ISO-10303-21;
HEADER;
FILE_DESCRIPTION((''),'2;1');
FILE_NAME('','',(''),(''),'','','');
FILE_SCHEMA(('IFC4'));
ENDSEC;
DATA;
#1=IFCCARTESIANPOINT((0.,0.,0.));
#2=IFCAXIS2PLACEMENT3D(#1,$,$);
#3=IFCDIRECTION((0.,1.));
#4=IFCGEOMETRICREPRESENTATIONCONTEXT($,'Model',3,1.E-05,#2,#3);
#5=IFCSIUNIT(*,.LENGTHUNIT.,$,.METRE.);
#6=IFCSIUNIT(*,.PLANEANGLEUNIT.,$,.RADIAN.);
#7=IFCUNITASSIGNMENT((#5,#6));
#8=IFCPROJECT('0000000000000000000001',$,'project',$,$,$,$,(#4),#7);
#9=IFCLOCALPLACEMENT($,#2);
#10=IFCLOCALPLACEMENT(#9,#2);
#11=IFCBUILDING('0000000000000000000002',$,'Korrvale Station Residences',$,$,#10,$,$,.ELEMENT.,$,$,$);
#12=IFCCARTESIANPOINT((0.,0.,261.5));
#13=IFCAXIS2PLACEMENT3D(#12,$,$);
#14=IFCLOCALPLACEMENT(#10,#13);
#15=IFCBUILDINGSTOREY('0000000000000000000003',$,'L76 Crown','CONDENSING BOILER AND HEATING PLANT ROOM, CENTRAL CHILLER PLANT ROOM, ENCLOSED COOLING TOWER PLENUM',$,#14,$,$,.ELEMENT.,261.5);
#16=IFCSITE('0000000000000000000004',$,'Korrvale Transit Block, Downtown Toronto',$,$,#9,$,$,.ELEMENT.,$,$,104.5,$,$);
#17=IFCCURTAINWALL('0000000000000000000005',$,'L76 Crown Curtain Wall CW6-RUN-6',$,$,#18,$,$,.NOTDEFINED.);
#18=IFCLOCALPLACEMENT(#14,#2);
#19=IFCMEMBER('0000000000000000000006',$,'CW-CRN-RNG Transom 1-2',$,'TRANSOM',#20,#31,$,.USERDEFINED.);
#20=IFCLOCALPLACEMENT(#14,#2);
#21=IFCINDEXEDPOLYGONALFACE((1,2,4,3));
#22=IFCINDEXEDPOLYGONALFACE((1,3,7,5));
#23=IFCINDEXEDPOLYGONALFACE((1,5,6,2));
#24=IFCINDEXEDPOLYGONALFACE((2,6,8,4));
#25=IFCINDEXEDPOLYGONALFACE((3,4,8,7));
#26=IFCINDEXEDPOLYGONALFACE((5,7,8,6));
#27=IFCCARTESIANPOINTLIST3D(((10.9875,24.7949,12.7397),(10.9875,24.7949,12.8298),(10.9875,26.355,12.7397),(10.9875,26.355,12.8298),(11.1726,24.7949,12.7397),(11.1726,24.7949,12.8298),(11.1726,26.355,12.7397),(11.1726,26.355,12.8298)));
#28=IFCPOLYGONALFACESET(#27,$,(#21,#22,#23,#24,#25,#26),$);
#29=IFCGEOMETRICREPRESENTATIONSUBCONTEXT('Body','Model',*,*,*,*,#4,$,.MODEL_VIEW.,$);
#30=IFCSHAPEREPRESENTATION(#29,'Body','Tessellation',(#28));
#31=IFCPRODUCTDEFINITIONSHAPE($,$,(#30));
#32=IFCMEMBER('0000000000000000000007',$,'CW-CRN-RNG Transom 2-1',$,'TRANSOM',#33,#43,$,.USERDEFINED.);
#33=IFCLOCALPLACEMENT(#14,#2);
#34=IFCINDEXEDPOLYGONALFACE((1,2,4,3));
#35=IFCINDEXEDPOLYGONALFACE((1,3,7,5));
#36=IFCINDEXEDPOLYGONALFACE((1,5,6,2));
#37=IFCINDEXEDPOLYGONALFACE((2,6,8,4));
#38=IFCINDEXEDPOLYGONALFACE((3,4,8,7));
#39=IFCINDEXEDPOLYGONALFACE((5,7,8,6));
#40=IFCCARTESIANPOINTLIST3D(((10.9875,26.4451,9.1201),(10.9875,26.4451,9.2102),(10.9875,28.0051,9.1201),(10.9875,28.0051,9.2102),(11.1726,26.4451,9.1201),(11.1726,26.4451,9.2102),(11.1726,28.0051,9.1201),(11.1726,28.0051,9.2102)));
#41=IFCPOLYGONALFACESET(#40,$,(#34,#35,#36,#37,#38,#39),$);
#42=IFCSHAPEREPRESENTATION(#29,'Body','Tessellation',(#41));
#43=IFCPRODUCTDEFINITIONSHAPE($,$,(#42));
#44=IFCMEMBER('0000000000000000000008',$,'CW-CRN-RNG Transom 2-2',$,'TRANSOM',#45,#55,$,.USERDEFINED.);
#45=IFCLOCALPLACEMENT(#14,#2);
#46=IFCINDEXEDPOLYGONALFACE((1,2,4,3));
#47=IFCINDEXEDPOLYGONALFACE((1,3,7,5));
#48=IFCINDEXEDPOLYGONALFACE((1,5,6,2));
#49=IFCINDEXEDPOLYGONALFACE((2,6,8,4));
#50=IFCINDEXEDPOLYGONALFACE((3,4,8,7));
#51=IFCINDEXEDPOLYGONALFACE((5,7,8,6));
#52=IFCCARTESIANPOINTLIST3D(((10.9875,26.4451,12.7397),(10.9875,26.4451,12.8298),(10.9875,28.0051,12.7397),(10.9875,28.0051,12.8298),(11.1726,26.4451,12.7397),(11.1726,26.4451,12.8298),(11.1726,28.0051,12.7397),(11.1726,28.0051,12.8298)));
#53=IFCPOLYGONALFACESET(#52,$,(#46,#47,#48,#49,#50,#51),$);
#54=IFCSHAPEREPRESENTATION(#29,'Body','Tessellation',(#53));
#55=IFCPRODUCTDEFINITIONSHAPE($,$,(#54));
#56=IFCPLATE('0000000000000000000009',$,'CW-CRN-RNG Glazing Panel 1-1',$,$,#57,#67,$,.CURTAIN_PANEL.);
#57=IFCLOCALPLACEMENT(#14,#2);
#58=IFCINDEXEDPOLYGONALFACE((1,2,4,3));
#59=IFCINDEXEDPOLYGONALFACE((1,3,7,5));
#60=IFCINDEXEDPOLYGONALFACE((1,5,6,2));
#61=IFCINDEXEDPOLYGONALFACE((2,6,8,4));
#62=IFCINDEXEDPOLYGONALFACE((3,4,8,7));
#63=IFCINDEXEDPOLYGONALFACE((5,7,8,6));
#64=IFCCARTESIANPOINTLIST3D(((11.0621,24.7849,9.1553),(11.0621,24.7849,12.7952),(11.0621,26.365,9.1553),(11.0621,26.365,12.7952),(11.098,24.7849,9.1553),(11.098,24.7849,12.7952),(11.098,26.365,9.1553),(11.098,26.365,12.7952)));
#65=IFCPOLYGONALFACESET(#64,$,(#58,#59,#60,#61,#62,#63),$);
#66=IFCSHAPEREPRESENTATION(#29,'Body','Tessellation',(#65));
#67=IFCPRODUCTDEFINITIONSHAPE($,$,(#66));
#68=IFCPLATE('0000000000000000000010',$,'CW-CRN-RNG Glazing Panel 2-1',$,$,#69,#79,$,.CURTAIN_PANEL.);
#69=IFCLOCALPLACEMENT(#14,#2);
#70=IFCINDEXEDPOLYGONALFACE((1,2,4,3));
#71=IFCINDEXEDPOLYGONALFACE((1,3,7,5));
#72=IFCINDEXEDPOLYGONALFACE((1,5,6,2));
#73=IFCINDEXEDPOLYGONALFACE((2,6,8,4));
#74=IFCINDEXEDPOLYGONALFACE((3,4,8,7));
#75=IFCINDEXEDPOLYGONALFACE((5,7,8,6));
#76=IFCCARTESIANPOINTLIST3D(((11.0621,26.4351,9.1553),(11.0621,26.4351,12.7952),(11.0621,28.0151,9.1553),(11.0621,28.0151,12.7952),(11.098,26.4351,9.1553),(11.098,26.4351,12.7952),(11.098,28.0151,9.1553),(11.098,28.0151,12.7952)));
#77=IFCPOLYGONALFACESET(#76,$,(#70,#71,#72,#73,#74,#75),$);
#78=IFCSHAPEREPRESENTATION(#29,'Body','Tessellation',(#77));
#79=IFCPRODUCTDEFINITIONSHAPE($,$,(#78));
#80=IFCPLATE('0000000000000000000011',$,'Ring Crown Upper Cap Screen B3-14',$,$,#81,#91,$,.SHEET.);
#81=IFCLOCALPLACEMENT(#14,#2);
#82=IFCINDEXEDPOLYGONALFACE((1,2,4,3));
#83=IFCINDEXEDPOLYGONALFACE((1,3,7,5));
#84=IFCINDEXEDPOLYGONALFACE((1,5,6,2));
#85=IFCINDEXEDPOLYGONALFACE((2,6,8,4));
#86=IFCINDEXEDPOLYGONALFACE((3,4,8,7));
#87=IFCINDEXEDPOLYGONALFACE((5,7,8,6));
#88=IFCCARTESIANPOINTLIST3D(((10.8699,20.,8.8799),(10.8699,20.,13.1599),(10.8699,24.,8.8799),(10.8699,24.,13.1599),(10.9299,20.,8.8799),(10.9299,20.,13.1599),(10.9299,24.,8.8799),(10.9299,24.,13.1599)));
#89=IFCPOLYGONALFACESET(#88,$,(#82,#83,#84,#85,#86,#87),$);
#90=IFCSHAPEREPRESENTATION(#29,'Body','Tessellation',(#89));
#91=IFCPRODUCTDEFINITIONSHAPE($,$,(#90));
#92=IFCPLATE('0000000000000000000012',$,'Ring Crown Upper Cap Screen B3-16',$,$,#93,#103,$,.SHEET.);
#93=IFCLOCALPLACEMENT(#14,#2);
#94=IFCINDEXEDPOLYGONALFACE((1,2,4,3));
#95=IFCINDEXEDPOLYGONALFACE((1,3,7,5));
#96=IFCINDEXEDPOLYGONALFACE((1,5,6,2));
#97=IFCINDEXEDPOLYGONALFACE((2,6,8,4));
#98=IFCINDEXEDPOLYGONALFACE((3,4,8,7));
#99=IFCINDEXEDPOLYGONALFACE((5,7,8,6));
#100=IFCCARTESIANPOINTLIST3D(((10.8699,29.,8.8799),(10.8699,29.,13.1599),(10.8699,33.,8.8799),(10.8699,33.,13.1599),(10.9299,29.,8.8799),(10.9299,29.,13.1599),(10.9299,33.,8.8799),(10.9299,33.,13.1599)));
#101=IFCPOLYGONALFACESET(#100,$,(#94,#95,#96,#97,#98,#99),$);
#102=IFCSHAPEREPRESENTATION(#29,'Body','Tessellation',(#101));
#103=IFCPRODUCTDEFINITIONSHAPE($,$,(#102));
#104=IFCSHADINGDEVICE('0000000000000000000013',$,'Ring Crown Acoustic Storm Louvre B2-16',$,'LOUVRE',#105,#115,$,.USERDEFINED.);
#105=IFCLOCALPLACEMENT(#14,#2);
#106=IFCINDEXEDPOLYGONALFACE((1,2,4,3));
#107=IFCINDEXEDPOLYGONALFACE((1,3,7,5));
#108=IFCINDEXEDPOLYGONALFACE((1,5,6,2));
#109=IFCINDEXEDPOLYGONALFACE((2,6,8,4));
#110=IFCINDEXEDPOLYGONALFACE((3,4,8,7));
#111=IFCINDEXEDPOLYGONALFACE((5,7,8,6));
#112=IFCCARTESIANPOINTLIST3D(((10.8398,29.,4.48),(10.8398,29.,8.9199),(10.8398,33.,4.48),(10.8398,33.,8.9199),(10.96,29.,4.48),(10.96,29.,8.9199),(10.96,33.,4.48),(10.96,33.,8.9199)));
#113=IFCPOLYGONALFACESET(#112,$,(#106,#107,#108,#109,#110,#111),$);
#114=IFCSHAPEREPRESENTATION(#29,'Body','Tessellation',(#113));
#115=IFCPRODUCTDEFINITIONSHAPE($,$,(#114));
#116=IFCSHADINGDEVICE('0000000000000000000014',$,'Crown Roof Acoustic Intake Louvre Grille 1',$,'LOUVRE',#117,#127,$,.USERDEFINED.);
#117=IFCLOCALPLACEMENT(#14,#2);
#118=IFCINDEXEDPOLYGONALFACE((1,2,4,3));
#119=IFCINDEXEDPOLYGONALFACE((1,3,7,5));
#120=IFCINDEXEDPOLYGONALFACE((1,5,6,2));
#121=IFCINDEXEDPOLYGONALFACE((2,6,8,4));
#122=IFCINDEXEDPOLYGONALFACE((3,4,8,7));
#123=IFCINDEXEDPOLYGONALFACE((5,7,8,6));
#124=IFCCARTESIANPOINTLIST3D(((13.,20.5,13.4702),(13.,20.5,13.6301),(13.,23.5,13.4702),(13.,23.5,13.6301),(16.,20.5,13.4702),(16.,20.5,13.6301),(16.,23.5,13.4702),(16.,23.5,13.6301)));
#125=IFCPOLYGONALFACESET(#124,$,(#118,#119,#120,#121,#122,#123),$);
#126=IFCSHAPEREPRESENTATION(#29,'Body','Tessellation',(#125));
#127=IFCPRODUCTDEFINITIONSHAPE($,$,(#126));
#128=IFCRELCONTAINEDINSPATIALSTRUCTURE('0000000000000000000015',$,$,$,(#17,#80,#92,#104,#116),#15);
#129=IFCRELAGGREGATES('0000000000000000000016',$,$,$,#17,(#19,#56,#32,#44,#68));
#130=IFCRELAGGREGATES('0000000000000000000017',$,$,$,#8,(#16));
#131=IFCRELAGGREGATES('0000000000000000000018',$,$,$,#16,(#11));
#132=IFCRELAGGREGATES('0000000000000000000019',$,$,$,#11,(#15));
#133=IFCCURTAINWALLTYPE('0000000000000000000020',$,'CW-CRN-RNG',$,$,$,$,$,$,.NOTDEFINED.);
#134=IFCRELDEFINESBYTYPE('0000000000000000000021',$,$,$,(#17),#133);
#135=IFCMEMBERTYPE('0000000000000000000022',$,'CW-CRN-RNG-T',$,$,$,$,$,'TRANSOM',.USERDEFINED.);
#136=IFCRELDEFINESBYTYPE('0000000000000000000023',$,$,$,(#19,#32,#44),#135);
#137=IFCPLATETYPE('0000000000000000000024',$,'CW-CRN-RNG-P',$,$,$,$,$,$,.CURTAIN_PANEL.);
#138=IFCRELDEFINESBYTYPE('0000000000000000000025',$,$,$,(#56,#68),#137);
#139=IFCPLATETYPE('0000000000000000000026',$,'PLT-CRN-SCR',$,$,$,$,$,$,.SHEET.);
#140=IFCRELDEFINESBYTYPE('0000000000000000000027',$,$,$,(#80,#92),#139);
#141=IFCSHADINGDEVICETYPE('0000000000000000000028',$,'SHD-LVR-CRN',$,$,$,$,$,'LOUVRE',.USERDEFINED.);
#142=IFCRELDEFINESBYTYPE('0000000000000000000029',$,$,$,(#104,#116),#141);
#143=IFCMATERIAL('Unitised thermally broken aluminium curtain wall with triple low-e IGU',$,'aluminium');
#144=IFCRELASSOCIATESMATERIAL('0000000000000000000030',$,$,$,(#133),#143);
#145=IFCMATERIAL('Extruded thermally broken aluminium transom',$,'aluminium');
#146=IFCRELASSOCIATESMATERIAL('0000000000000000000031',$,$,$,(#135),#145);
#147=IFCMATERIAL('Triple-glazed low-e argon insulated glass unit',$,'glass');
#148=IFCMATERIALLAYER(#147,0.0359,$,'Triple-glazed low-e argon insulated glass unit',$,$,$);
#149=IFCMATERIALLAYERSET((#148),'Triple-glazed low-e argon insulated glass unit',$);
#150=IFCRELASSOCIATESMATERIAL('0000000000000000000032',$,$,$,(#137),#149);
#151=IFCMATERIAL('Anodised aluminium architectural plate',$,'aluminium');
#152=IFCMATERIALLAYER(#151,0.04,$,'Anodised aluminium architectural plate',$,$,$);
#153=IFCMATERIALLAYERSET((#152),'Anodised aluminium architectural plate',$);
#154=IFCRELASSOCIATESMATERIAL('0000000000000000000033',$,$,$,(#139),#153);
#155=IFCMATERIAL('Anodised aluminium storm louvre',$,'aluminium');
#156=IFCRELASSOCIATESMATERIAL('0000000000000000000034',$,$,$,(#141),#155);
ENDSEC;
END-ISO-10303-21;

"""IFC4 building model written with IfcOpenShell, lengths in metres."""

from ifc_helpers import new_model, si_unit, direction, frame, origin, origin_2d, place, context, subcontext, project, spatial, rectangle, extrude, material, layer, layer_set, type_object, element, aggregate, save


model = new_model("IFC4")

# Units and contexts
model_context = context("Model", 3, precision=1e-05, world=origin(), true_north=direction((0.0, 1.0)))
body_context = subcontext(model_context, "Body", "Model", "MODEL_VIEW")
ifc_project = project(units=[si_unit("LENGTHUNIT", "METRE"), si_unit("PLANEANGLEUNIT", "RADIAN")], contexts=[model_context])

# Site, building, storey
site_placement = place(None, origin())
site = spatial("IfcSite", under=ifc_project, at=site_placement, Name="Korrvale Transit Block, Downtown Toronto", CompositionType="ELEMENT", RefElevation=104.5)
building_placement = place(site_placement, origin())
building = spatial("IfcBuilding", under=site, at=building_placement, Name="Korrvale Station Residences", CompositionType="ELEMENT")
storey_placement = place(building_placement, frame((0.0, 0.0, 261.5)))
storey = spatial("IfcBuildingStorey", under=building, at=storey_placement, Name="L76 Crown", Description="CONDENSING BOILER AND HEATING PLANT ROOM, CENTRAL CHILLER PLANT ROOM, ENCLOSED COOLING TOWER PLENUM", CompositionType="ELEMENT", Elevation=261.5)

# Curtain wall, members, plates
ifc_material_1 = material(Name="Unitised thermally broken aluminium curtain wall with triple low-e IGU", Category="aluminium")
curtain_wall_type = type_object("IfcCurtainWallType", Name="CW-CRN-RNG", PredefinedType="NOTDEFINED", material=ifc_material_1)
curtain_wall_placement = place(storey_placement, origin())
curtain_wall = element("IfcCurtainWall", 1, at=curtain_wall_placement, inside=storey, type_object=curtain_wall_type, Name="L76 Crown Curtain Wall CW6-RUN-6", PredefinedType="NOTDEFINED")
ifc_material_2 = material(Name="Extruded thermally broken aluminium transom", Category="aluminium")
member_type_1 = type_object("IfcMemberType", Name="CW-CRN-RNG-T", ElementType="TRANSOM", PredefinedType="USERDEFINED", material=ifc_material_2)
member_1_placement = place(storey_placement, frame((11.0801, 25.575, 12.7397), z_axis=(0.0, 0.0, 1.0), x_axis=(0.0, 1.0, 0.0)))
member_1 = element("IfcMember", 2, at=member_1_placement, type_object=member_type_1, Name="CW-CRN-RNG Transom 1-2", ObjectType="TRANSOM", PredefinedType="USERDEFINED", context=body_context, shape_type="SweptSolid", body=[
    extrude(rectangle(XDim=1.5601, YDim=0.1851, at=origin_2d()), origin(), (0.0, 0.0, 1.0), 0.0901),
])
member_2_placement = place(storey_placement, frame((11.0801, 27.2251, 9.1201), z_axis=(0.0, 0.0, 1.0), x_axis=(0.0, 1.0, 0.0)))
member_2 = element("IfcMember", 3, at=member_2_placement, type_object=member_type_1, Name="CW-CRN-RNG Transom 2-1", ObjectType="TRANSOM", PredefinedType="USERDEFINED", context=body_context, shape_type="SweptSolid", body=[
    extrude(rectangle(XDim=1.5601, YDim=0.1851, at=origin_2d()), origin(), (0.0, 0.0, 1.0), 0.0901),
])
member_3_placement = place(storey_placement, frame((11.0801, 27.2251, 12.7397), z_axis=(0.0, 0.0, 1.0), x_axis=(0.0, 1.0, 0.0)))
member_3 = element("IfcMember", 4, at=member_3_placement, type_object=member_type_1, Name="CW-CRN-RNG Transom 2-2", ObjectType="TRANSOM", PredefinedType="USERDEFINED", context=body_context, shape_type="SweptSolid", body=[
    extrude(rectangle(XDim=1.5601, YDim=0.1851, at=origin_2d()), origin(), (0.0, 0.0, 1.0), 0.0901),
])
ifc_material_3 = material(Name="Triple-glazed low-e argon insulated glass unit", Category="glass")
ifc_layer_1 = layer(ifc_material_3, 0.0359, Name="Triple-glazed low-e argon insulated glass unit")
ifc_layer_set_1 = layer_set([ifc_layer_1], Name="Triple-glazed low-e argon insulated glass unit")
plate_type_1 = type_object("IfcPlateType", Name="CW-CRN-RNG-P", PredefinedType="CURTAIN_PANEL", material=ifc_layer_set_1)
plate_1_placement = place(storey_placement, frame((11.0801, 25.575, 9.1553), z_axis=(0.0, 0.0, 1.0), x_axis=(0.0, 1.0, 0.0)))
plate_1 = element("IfcPlate", 5, at=plate_1_placement, type_object=plate_type_1, Name="CW-CRN-RNG Glazing Panel 1-1", PredefinedType="CURTAIN_PANEL", context=body_context, shape_type="SweptSolid", body=[
    extrude(rectangle(XDim=1.5801, YDim=0.0359, at=origin_2d()), origin(), (0.0, 0.0, 1.0), 3.6399),
])
plate_2_placement = place(storey_placement, frame((11.0801, 27.2251, 9.1553), z_axis=(0.0, 0.0, 1.0), x_axis=(0.0, 1.0, 0.0)))
plate_2 = element("IfcPlate", 6, at=plate_2_placement, type_object=plate_type_1, Name="CW-CRN-RNG Glazing Panel 2-1", PredefinedType="CURTAIN_PANEL", context=body_context, shape_type="SweptSolid", body=[
    extrude(rectangle(XDim=1.5801, YDim=0.0359, at=origin_2d()), origin(), (0.0, 0.0, 1.0), 3.6399),
])
aggregate(curtain_wall, [member_1, plate_1, member_2, member_3, plate_2])

# Plates
ifc_material_4 = material(Name="Anodised aluminium architectural plate", Category="aluminium")
ifc_layer_2 = layer(ifc_material_4, 0.04, Name="Anodised aluminium architectural plate")
ifc_layer_set_2 = layer_set([ifc_layer_2], Name="Anodised aluminium architectural plate")
plate_type_2 = type_object("IfcPlateType", Name="PLT-CRN-SCR", PredefinedType="SHEET", material=ifc_layer_set_2)
for number, where, z_axis, x_axis, name in (
    (7, (10.8999, 22.0, 8.8799), (0.0, 0.0, 1.0), (0.0, 1.0, 0.0), "Ring Crown Upper Cap Screen B3-14"),
    (8, (10.8999, 31.0, 8.8799), (0.0, 0.0, 1.0), (0.0, 1.0, 0.0), "Ring Crown Upper Cap Screen B3-16"),
):
    element("IfcPlate", number, at=place(storey_placement, frame(where, z_axis=z_axis, x_axis=x_axis)), inside=storey, type_object=plate_type_2, Name=name, PredefinedType="SHEET", context=body_context, shape_type="SweptSolid", body=[
        extrude(rectangle(XDim=4.0, YDim=0.0601, at=origin_2d()), origin(), (0.0, 0.0, 1.0), 4.28),
    ])

# Shading devices
ifc_material_5 = material(Name="Anodised aluminium storm louvre", Category="aluminium")
shading_device_type = type_object("IfcShadingDeviceType", Name="SHD-LVR-CRN", ElementType="LOUVRE", PredefinedType="USERDEFINED", material=ifc_material_5)
shading_device_1_placement = place(storey_placement, frame((10.8999, 31.0, 4.48), z_axis=(0.0, 0.0, 1.0), x_axis=(0.0, 1.0, 0.0)))
element("IfcShadingDevice", 9, at=shading_device_1_placement, inside=storey, type_object=shading_device_type, Name="Ring Crown Acoustic Storm Louvre B2-16", ObjectType="LOUVRE", PredefinedType="USERDEFINED", context=body_context, shape_type="SweptSolid", body=[
    extrude(rectangle(XDim=4.0, YDim=0.1201, at=origin_2d()), origin(), (0.0, 0.0, 1.0), 4.4399),
])
shading_device_2_placement = place(storey_placement, frame((14.5, 22.0, 13.4702), z_axis=(0.0, 0.0, 1.0), x_axis=(1.0, 0.0, 0.0)))
element("IfcShadingDevice", 10, at=shading_device_2_placement, inside=storey, type_object=shading_device_type, Name="Crown Roof Acoustic Intake Louvre Grille 1", ObjectType="LOUVRE", PredefinedType="USERDEFINED", context=body_context, shape_type="SweptSolid", body=[
    extrude(rectangle(XDim=3.0, YDim=3.0, at=origin_2d()), origin(), (0.0, 0.0, 1.0), 0.1599),
])

save(model, "model.ifc")
